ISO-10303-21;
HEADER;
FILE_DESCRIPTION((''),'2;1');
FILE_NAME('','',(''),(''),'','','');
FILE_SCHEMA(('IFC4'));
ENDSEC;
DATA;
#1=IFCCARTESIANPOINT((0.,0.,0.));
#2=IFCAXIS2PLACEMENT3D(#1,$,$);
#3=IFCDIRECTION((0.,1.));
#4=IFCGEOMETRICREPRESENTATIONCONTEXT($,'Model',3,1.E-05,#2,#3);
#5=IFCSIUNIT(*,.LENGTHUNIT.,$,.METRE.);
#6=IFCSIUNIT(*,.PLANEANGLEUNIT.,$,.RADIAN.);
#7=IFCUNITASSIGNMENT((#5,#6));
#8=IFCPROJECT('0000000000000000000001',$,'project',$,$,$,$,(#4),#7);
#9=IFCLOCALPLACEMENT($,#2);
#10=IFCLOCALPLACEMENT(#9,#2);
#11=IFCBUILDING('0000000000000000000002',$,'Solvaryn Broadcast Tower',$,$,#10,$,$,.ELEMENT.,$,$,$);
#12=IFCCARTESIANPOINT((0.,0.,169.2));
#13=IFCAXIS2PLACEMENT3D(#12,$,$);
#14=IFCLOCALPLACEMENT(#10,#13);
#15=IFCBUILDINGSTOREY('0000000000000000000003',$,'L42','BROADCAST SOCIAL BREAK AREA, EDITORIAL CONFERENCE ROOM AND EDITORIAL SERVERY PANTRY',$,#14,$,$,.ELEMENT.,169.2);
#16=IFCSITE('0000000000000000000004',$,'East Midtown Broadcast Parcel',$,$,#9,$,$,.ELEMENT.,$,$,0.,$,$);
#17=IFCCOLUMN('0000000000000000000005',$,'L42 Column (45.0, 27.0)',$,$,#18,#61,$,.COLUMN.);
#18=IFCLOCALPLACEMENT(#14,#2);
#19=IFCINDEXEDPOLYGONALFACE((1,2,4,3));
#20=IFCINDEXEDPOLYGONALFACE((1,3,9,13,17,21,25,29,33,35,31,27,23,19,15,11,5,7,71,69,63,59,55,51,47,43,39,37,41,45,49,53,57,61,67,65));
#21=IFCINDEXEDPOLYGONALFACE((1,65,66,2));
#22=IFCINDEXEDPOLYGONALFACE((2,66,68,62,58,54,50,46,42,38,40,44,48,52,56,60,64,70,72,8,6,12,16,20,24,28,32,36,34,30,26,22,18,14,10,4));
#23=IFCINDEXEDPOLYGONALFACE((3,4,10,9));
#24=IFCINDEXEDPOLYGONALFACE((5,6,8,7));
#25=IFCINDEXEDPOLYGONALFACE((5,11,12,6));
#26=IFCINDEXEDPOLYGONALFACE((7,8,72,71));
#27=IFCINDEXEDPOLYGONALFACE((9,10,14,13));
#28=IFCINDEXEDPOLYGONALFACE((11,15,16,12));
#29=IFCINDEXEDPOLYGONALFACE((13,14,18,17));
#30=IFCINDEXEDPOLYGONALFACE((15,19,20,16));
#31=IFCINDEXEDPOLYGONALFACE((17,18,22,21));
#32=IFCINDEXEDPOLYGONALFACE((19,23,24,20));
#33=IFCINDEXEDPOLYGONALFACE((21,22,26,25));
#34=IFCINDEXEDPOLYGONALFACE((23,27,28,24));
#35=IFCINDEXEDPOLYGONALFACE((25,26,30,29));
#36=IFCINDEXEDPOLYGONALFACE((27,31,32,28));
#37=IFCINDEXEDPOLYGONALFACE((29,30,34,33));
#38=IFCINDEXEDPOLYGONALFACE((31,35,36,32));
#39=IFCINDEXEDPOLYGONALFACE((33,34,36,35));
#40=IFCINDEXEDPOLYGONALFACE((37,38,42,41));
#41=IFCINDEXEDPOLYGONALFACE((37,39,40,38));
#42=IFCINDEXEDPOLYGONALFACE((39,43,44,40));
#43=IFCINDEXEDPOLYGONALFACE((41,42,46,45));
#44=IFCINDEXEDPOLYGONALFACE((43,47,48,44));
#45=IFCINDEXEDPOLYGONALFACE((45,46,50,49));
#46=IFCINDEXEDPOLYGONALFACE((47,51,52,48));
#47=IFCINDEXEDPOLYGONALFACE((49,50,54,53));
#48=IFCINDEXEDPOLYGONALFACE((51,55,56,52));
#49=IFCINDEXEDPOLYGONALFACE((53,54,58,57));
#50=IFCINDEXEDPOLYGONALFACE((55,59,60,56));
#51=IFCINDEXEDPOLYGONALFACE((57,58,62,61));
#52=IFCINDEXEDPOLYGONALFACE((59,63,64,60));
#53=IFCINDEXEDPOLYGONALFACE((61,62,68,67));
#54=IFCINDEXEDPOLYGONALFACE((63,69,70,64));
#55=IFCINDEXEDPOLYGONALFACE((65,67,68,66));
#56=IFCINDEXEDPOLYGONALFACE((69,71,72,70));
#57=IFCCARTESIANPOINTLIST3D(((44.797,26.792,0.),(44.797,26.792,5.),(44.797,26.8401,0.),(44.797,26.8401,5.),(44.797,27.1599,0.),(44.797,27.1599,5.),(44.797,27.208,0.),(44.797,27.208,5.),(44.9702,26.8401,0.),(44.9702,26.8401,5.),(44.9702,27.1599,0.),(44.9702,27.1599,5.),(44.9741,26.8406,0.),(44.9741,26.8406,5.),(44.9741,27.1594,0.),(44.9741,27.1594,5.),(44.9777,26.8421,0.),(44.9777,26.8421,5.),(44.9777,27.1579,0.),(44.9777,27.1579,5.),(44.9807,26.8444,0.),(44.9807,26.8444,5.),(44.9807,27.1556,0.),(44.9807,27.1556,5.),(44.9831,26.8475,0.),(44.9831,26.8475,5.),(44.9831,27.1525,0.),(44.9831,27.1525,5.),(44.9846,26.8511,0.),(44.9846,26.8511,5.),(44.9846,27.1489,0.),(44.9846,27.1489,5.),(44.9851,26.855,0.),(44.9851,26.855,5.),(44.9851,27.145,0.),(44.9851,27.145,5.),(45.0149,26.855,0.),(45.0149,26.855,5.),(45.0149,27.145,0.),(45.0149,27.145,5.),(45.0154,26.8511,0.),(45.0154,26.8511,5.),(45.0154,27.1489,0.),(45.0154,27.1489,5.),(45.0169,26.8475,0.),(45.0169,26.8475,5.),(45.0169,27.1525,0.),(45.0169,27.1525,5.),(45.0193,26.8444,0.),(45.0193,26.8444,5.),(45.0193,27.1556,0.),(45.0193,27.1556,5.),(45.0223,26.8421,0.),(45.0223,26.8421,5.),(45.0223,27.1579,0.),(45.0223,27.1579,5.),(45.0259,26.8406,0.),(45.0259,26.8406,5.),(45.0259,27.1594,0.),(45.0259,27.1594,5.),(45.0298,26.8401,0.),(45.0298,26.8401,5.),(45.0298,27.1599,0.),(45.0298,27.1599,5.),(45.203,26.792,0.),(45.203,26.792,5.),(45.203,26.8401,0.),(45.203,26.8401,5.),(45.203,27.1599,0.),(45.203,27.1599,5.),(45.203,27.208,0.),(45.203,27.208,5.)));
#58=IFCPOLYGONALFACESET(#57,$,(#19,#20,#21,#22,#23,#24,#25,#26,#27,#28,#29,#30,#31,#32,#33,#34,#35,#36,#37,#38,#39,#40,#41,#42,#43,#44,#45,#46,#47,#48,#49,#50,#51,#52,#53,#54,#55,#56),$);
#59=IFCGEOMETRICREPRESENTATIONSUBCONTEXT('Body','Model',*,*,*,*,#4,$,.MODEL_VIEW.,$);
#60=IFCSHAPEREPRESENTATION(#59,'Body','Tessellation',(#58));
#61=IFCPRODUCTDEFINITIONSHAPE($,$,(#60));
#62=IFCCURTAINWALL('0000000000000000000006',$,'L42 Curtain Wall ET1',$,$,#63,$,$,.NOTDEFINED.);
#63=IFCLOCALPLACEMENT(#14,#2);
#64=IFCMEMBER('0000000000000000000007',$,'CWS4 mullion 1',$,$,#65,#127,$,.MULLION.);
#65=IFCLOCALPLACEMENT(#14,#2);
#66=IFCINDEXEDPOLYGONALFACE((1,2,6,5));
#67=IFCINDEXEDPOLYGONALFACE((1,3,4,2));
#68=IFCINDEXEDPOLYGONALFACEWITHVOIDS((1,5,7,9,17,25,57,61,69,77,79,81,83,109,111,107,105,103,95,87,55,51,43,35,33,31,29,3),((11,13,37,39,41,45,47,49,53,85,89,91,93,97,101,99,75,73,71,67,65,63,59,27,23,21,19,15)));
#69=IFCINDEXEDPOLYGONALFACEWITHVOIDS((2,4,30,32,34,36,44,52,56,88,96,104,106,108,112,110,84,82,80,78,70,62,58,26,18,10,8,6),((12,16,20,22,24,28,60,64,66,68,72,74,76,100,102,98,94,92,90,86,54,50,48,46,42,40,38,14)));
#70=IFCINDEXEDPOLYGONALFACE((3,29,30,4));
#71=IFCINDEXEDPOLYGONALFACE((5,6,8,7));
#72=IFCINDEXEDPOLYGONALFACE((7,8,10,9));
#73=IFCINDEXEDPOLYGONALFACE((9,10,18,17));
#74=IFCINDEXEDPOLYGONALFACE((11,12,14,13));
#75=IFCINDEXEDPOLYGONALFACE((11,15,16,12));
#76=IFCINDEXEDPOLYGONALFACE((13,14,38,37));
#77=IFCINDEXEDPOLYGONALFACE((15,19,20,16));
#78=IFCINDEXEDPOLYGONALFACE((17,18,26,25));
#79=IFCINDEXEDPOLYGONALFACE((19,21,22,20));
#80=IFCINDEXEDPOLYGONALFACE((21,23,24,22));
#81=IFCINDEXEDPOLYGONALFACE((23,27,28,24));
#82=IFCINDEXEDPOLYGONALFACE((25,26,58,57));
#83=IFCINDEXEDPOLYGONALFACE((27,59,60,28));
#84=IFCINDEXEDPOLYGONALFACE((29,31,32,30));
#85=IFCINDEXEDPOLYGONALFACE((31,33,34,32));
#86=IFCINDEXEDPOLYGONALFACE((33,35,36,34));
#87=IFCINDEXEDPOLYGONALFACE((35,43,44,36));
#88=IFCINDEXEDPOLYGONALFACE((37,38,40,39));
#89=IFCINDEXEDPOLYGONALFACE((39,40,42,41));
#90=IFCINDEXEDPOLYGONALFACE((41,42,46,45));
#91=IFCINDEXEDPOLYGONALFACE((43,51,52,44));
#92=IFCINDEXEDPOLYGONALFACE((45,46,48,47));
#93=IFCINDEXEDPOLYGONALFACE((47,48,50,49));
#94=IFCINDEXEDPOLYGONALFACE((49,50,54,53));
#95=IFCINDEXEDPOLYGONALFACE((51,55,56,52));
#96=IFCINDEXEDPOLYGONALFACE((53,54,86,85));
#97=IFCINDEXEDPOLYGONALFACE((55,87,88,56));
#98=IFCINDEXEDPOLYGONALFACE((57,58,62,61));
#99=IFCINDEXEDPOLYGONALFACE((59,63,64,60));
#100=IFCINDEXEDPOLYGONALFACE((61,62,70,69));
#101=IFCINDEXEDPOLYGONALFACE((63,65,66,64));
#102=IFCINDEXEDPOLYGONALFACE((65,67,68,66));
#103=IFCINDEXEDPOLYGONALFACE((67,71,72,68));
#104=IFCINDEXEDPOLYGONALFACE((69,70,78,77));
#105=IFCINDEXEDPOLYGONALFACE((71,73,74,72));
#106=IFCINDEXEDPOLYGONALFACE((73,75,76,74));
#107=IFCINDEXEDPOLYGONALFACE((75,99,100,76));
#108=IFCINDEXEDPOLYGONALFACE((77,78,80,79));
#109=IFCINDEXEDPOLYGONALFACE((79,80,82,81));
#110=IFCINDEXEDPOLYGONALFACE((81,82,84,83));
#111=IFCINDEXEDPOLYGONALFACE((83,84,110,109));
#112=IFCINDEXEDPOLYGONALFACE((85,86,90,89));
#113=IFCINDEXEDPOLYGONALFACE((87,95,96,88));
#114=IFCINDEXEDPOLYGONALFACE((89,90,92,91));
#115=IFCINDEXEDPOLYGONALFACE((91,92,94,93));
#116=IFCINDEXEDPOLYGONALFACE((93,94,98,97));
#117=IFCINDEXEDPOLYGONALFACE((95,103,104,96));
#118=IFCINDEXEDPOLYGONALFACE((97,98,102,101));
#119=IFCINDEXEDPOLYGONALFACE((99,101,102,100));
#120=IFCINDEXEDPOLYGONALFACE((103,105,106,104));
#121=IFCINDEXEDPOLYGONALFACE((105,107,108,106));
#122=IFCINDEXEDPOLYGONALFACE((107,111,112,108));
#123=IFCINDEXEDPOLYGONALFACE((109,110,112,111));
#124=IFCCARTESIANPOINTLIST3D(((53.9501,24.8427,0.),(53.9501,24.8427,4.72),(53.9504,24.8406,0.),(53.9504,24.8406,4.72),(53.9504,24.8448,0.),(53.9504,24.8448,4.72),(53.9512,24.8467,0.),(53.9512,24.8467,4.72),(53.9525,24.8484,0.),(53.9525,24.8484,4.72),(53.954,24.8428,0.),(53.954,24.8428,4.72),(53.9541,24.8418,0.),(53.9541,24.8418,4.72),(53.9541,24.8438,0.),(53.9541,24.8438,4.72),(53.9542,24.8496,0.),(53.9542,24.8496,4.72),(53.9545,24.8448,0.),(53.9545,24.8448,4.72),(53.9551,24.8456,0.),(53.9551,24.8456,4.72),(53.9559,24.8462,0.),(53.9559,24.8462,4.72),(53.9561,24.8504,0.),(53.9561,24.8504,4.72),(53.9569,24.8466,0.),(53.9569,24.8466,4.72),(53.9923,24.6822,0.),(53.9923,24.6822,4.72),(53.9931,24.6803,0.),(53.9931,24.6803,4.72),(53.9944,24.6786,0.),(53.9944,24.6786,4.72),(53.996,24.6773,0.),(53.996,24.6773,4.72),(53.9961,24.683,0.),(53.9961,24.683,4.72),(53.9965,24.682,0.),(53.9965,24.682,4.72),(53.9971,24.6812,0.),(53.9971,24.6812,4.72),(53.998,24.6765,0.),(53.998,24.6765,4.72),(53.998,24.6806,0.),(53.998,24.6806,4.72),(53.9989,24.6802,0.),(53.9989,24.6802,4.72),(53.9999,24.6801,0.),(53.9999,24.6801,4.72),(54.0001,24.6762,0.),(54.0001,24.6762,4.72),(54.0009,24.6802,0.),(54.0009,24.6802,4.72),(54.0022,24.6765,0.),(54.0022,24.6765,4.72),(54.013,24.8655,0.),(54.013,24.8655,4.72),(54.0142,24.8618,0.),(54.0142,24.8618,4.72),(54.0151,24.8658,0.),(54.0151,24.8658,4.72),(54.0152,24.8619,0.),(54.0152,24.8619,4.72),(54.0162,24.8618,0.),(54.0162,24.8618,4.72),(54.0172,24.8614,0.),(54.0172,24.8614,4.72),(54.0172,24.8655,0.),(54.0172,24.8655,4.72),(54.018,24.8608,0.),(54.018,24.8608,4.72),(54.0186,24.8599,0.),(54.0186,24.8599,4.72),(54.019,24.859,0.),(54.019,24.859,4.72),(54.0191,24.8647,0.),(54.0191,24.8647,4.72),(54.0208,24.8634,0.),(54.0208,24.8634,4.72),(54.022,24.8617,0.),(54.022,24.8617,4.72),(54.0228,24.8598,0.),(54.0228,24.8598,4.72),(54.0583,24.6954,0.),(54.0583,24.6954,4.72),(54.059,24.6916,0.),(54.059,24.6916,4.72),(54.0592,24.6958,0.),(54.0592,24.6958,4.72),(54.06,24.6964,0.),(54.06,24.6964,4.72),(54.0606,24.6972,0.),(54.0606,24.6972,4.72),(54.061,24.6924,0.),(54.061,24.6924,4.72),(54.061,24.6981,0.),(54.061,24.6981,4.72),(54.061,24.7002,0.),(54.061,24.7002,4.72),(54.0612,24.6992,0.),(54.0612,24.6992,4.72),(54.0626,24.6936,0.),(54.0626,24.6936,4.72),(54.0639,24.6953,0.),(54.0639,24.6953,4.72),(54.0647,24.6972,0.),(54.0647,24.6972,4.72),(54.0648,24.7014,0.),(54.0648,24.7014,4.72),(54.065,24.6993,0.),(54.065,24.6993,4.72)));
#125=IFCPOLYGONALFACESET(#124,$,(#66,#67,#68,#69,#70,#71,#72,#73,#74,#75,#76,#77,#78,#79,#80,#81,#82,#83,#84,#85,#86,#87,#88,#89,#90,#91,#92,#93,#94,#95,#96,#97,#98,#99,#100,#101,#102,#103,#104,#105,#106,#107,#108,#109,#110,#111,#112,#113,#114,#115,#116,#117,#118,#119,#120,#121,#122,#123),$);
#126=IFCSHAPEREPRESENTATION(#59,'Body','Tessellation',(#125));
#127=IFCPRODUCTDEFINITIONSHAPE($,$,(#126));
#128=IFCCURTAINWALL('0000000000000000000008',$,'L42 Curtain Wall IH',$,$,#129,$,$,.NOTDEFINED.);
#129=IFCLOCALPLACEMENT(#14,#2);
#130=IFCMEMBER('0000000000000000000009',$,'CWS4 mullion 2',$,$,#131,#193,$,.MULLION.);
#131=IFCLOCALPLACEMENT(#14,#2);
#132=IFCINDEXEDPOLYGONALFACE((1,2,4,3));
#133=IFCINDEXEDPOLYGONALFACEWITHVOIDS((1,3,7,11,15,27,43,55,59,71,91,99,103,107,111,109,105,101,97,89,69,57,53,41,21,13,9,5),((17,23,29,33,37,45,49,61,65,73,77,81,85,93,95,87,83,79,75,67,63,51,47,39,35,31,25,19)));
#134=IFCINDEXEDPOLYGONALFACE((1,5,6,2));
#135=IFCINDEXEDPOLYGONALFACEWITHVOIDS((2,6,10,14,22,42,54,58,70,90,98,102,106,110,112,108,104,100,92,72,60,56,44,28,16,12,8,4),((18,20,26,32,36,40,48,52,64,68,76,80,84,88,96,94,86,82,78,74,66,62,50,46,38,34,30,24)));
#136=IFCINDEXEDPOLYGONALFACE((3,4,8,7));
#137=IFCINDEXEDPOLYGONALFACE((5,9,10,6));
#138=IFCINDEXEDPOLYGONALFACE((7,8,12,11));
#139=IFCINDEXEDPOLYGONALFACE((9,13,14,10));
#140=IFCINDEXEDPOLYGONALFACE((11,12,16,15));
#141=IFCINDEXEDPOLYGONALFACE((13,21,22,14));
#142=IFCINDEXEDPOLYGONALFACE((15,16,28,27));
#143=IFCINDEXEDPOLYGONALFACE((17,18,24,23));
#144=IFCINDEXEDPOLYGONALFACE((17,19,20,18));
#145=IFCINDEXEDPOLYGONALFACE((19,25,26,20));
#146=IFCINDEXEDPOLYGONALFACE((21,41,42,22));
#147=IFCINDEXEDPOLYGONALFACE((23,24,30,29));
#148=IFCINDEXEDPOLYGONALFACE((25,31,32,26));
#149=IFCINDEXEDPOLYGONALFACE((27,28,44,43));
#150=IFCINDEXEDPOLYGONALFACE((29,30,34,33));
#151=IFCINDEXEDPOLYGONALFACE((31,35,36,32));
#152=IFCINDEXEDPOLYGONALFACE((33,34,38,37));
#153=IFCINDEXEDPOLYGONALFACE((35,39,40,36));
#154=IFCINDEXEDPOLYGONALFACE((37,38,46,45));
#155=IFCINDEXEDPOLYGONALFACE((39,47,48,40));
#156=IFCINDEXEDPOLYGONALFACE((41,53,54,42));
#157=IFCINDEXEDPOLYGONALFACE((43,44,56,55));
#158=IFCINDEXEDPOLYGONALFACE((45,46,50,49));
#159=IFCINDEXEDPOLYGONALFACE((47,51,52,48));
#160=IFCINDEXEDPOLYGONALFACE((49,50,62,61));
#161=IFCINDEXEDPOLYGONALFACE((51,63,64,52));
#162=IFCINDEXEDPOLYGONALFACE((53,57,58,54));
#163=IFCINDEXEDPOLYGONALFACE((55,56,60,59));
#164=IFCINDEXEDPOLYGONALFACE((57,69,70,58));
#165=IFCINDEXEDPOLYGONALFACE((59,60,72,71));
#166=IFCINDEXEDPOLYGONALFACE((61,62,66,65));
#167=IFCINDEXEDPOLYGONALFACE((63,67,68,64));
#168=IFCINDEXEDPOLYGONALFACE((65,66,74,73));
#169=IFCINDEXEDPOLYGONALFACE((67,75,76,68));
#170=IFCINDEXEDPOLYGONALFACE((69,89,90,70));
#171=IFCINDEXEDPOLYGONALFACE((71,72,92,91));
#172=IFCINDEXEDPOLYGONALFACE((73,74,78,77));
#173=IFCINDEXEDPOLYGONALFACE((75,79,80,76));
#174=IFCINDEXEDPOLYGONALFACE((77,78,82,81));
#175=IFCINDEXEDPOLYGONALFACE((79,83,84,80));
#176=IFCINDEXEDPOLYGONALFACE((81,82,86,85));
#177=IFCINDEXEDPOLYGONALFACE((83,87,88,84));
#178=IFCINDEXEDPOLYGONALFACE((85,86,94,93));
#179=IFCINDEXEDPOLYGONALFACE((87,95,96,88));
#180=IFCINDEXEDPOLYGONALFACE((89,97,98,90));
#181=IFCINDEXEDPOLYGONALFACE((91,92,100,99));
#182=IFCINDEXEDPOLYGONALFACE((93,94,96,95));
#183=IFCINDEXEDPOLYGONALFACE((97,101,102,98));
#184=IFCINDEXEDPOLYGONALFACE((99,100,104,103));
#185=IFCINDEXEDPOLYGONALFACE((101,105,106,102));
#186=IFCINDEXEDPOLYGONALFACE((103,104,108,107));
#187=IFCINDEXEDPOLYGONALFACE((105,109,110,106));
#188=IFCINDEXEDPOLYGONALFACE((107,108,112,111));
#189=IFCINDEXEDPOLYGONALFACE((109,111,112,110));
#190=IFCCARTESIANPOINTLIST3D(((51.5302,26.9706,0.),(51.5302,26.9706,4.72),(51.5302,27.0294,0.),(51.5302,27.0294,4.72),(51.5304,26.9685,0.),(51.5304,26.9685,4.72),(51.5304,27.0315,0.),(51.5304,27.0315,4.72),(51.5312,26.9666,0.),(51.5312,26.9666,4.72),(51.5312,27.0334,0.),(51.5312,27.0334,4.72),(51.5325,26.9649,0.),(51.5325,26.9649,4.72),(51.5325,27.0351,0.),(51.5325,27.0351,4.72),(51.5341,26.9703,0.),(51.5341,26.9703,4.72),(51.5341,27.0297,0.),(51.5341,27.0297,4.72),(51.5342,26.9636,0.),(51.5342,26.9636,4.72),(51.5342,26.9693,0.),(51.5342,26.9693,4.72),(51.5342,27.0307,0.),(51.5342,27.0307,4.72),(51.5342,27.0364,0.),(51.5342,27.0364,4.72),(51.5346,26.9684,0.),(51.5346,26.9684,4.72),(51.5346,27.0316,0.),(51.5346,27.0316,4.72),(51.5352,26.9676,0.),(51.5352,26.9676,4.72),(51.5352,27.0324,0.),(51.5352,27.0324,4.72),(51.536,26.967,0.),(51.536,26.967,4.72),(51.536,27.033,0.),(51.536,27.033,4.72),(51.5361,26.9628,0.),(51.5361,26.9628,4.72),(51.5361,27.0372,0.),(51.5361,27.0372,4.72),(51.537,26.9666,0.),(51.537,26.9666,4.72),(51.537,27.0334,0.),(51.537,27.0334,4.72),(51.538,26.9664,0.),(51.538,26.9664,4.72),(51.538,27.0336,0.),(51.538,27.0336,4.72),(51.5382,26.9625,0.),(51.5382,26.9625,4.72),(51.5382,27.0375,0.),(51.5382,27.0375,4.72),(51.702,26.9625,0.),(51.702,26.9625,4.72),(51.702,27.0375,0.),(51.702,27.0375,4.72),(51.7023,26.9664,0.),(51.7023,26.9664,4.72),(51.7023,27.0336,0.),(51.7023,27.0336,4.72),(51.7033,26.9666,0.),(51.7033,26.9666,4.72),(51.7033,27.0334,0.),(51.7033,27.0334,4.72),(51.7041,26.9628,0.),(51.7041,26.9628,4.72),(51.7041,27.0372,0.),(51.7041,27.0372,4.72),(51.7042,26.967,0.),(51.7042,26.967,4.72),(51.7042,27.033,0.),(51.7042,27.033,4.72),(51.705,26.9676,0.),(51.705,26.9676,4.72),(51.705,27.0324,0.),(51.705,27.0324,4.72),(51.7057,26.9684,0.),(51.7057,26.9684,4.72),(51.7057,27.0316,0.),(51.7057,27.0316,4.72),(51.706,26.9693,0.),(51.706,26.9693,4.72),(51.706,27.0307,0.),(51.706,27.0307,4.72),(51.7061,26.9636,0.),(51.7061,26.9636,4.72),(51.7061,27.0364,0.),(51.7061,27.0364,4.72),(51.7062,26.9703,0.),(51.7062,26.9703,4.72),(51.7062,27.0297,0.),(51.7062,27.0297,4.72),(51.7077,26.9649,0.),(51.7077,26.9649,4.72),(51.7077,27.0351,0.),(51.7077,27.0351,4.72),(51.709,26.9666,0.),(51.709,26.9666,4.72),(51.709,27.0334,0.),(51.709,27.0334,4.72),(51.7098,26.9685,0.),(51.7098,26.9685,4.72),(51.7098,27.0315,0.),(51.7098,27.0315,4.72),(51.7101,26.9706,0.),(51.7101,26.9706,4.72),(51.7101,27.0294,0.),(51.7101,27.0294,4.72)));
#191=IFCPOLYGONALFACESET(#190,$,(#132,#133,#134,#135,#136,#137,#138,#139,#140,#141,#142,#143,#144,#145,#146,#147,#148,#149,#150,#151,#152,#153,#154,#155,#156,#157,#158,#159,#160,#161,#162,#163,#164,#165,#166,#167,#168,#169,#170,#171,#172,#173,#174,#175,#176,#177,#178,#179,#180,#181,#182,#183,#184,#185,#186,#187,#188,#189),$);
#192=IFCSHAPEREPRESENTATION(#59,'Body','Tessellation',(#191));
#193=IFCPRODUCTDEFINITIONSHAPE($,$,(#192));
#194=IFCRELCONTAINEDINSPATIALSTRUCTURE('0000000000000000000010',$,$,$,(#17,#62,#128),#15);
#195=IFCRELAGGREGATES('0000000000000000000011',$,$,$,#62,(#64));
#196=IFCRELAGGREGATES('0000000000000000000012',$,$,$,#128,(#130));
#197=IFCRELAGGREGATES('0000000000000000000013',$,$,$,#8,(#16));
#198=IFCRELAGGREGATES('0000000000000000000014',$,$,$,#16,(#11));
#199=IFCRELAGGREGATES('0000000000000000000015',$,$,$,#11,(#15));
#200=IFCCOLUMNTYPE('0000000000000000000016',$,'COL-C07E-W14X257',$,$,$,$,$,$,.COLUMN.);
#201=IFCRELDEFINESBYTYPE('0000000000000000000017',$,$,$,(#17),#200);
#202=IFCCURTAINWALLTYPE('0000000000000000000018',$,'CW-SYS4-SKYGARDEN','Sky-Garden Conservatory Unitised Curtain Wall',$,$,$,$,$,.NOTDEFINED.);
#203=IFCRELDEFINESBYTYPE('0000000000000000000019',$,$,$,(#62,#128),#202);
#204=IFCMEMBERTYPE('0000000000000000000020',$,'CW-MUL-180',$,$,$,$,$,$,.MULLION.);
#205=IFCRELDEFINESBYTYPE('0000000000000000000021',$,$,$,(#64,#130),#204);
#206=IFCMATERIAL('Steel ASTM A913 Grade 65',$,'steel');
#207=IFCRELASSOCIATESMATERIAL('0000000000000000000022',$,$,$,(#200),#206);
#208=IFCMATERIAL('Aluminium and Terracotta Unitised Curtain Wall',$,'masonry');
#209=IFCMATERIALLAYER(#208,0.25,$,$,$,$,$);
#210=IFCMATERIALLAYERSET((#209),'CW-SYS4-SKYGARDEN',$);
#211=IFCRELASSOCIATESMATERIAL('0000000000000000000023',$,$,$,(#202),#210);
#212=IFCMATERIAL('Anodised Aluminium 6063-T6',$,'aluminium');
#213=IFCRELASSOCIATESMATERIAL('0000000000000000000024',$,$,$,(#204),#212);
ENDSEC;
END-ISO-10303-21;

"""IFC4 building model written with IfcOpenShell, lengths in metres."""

from ifc_helpers import new_model, si_unit, direction, frame, origin, origin_2d, place, context, subcontext, project, spatial, hollow_rectangle, i_section, extrude, material, layer, layer_set, material_profile, profile_set, type_object, element, aggregate, save


model = new_model("IFC4")

# Units and contexts
model_context = context("Model", 3, precision=1e-05, world=origin(), true_north=direction((0.0, 1.0)))
body_context = subcontext(model_context, "Body", "Model", "MODEL_VIEW")
ifc_project = project(units=[si_unit("LENGTHUNIT", "METRE"), si_unit("PLANEANGLEUNIT", "RADIAN")], contexts=[model_context])

# Site, building, storey
site_placement = place(None, origin())
site = spatial("IfcSite", under=ifc_project, at=site_placement, Name="East Midtown Broadcast Parcel", CompositionType="ELEMENT", RefElevation=0.0)
building_placement = place(site_placement, origin())
building = spatial("IfcBuilding", under=site, at=building_placement, Name="Solvaryn Broadcast Tower", CompositionType="ELEMENT")
storey_placement = place(building_placement, frame((0.0, 0.0, 169.2)))
storey = spatial("IfcBuildingStorey", under=building, at=storey_placement, Name="L42", Description="BROADCAST SOCIAL BREAK AREA, EDITORIAL CONFERENCE ROOM AND EDITORIAL SERVERY PANTRY", CompositionType="ELEMENT", Elevation=169.2)

# Column
ifc_material_1 = material(Name="Steel ASTM A913 Grade 65", Category="steel")
ifc_material_profile_1 = material_profile(ifc_material_1, i_section(OverallWidth=0.406, OverallDepth=0.416, WebThickness=0.0298, FlangeThickness=0.0481, FilletRadius=0.0149, at=origin_2d()))
ifc_profile_set_1 = profile_set([ifc_material_profile_1], Name="Steel ASTM A913 Grade 65")
column_type = type_object("IfcColumnType", Name="COL-C07E-W14X257", PredefinedType="COLUMN", material=ifc_profile_set_1)
column_placement = place(storey_placement, frame((45.0, 27.0, 0.0), z_axis=(0.0, 0.0, 1.0), x_axis=(1.0, 0.0, 0.0)))
element("IfcColumn", 1, at=column_placement, inside=storey, type_object=column_type, Name="L42 Column (45.0, 27.0)", PredefinedType="COLUMN", context=body_context, shape_type="SweptSolid", body=[
    extrude(i_section(OverallWidth=0.406, OverallDepth=0.416, WebThickness=0.0298, FlangeThickness=0.0481, FilletRadius=0.0149, at=origin_2d()), origin(), (0.0, 0.0, 1.0), 5.0),
])

# Curtain walls, members
ifc_material_2 = material(Name="Aluminium and Terracotta Unitised Curtain Wall", Category="masonry")
ifc_layer_1 = layer(ifc_material_2, 0.25)
ifc_layer_set_1 = layer_set([ifc_layer_1], Name="CW-SYS4-SKYGARDEN")
curtain_wall_type = type_object("IfcCurtainWallType", Name="CW-SYS4-SKYGARDEN", Description="Sky-Garden Conservatory Unitised Curtain Wall", PredefinedType="NOTDEFINED", material=ifc_layer_set_1)
curtain_wall_1_placement = place(storey_placement, origin())
curtain_wall_1 = element("IfcCurtainWall", 2, at=curtain_wall_1_placement, inside=storey, type_object=curtain_wall_type, Name="L42 Curtain Wall ET1", PredefinedType="NOTDEFINED")
ifc_material_3 = material(Name="Anodised Aluminium 6063-T6", Category="aluminium")
ifc_material_profile_2 = material_profile(ifc_material_3, hollow_rectangle(XDim=0.075, YDim=0.1799, WallThickness=0.0039, InnerFilletRadius=0.0039, OuterFilletRadius=0.0081, at=origin_2d()))
ifc_profile_set_2 = profile_set([ifc_material_profile_2], Name="Anodised Aluminium 6063-T6")
member_type_1 = type_object("IfcMemberType", Name="CW-MUL-180", PredefinedType="MULLION", material=ifc_profile_set_2)
member_1_placement = place(storey_placement, frame((54.0076, 24.771, 0.0), z_axis=(0.0, 0.0, 1.0), x_axis=(0.966705, 0.255893, 0.0)))
member_1 = element("IfcMember", 3, at=member_1_placement, type_object=member_type_1, Name="CWS4 mullion 1", PredefinedType="MULLION", context=body_context, shape_type="SweptSolid", body=[
    extrude(hollow_rectangle(XDim=0.075, YDim=0.1799, WallThickness=0.0039, InnerFilletRadius=0.0039, OuterFilletRadius=0.0081, at=origin_2d()), origin(), (0.0, 0.0, 1.0), 4.72),
])
curtain_wall_2_placement = place(storey_placement, origin())
curtain_wall_2 = element("IfcCurtainWall", 4, at=curtain_wall_2_placement, inside=storey, type_object=curtain_wall_type, Name="L42 Curtain Wall IH", PredefinedType="NOTDEFINED")
member_2_placement = place(storey_placement, frame((51.6201, 27.0, 0.0), z_axis=(0.0, 0.0, 1.0), x_axis=(0.0, 1.0, 0.0)))
member_2 = element("IfcMember", 5, at=member_2_placement, type_object=member_type_1, Name="CWS4 mullion 2", PredefinedType="MULLION", context=body_context, shape_type="SweptSolid", body=[
    extrude(hollow_rectangle(XDim=0.075, YDim=0.1799, WallThickness=0.0039, InnerFilletRadius=0.0039, OuterFilletRadius=0.0081, at=origin_2d()), origin(), (0.0, 0.0, 1.0), 4.72),
])

aggregate(curtain_wall_1, [member_1])
aggregate(curtain_wall_2, [member_2])

save(model, "model.ifc")
